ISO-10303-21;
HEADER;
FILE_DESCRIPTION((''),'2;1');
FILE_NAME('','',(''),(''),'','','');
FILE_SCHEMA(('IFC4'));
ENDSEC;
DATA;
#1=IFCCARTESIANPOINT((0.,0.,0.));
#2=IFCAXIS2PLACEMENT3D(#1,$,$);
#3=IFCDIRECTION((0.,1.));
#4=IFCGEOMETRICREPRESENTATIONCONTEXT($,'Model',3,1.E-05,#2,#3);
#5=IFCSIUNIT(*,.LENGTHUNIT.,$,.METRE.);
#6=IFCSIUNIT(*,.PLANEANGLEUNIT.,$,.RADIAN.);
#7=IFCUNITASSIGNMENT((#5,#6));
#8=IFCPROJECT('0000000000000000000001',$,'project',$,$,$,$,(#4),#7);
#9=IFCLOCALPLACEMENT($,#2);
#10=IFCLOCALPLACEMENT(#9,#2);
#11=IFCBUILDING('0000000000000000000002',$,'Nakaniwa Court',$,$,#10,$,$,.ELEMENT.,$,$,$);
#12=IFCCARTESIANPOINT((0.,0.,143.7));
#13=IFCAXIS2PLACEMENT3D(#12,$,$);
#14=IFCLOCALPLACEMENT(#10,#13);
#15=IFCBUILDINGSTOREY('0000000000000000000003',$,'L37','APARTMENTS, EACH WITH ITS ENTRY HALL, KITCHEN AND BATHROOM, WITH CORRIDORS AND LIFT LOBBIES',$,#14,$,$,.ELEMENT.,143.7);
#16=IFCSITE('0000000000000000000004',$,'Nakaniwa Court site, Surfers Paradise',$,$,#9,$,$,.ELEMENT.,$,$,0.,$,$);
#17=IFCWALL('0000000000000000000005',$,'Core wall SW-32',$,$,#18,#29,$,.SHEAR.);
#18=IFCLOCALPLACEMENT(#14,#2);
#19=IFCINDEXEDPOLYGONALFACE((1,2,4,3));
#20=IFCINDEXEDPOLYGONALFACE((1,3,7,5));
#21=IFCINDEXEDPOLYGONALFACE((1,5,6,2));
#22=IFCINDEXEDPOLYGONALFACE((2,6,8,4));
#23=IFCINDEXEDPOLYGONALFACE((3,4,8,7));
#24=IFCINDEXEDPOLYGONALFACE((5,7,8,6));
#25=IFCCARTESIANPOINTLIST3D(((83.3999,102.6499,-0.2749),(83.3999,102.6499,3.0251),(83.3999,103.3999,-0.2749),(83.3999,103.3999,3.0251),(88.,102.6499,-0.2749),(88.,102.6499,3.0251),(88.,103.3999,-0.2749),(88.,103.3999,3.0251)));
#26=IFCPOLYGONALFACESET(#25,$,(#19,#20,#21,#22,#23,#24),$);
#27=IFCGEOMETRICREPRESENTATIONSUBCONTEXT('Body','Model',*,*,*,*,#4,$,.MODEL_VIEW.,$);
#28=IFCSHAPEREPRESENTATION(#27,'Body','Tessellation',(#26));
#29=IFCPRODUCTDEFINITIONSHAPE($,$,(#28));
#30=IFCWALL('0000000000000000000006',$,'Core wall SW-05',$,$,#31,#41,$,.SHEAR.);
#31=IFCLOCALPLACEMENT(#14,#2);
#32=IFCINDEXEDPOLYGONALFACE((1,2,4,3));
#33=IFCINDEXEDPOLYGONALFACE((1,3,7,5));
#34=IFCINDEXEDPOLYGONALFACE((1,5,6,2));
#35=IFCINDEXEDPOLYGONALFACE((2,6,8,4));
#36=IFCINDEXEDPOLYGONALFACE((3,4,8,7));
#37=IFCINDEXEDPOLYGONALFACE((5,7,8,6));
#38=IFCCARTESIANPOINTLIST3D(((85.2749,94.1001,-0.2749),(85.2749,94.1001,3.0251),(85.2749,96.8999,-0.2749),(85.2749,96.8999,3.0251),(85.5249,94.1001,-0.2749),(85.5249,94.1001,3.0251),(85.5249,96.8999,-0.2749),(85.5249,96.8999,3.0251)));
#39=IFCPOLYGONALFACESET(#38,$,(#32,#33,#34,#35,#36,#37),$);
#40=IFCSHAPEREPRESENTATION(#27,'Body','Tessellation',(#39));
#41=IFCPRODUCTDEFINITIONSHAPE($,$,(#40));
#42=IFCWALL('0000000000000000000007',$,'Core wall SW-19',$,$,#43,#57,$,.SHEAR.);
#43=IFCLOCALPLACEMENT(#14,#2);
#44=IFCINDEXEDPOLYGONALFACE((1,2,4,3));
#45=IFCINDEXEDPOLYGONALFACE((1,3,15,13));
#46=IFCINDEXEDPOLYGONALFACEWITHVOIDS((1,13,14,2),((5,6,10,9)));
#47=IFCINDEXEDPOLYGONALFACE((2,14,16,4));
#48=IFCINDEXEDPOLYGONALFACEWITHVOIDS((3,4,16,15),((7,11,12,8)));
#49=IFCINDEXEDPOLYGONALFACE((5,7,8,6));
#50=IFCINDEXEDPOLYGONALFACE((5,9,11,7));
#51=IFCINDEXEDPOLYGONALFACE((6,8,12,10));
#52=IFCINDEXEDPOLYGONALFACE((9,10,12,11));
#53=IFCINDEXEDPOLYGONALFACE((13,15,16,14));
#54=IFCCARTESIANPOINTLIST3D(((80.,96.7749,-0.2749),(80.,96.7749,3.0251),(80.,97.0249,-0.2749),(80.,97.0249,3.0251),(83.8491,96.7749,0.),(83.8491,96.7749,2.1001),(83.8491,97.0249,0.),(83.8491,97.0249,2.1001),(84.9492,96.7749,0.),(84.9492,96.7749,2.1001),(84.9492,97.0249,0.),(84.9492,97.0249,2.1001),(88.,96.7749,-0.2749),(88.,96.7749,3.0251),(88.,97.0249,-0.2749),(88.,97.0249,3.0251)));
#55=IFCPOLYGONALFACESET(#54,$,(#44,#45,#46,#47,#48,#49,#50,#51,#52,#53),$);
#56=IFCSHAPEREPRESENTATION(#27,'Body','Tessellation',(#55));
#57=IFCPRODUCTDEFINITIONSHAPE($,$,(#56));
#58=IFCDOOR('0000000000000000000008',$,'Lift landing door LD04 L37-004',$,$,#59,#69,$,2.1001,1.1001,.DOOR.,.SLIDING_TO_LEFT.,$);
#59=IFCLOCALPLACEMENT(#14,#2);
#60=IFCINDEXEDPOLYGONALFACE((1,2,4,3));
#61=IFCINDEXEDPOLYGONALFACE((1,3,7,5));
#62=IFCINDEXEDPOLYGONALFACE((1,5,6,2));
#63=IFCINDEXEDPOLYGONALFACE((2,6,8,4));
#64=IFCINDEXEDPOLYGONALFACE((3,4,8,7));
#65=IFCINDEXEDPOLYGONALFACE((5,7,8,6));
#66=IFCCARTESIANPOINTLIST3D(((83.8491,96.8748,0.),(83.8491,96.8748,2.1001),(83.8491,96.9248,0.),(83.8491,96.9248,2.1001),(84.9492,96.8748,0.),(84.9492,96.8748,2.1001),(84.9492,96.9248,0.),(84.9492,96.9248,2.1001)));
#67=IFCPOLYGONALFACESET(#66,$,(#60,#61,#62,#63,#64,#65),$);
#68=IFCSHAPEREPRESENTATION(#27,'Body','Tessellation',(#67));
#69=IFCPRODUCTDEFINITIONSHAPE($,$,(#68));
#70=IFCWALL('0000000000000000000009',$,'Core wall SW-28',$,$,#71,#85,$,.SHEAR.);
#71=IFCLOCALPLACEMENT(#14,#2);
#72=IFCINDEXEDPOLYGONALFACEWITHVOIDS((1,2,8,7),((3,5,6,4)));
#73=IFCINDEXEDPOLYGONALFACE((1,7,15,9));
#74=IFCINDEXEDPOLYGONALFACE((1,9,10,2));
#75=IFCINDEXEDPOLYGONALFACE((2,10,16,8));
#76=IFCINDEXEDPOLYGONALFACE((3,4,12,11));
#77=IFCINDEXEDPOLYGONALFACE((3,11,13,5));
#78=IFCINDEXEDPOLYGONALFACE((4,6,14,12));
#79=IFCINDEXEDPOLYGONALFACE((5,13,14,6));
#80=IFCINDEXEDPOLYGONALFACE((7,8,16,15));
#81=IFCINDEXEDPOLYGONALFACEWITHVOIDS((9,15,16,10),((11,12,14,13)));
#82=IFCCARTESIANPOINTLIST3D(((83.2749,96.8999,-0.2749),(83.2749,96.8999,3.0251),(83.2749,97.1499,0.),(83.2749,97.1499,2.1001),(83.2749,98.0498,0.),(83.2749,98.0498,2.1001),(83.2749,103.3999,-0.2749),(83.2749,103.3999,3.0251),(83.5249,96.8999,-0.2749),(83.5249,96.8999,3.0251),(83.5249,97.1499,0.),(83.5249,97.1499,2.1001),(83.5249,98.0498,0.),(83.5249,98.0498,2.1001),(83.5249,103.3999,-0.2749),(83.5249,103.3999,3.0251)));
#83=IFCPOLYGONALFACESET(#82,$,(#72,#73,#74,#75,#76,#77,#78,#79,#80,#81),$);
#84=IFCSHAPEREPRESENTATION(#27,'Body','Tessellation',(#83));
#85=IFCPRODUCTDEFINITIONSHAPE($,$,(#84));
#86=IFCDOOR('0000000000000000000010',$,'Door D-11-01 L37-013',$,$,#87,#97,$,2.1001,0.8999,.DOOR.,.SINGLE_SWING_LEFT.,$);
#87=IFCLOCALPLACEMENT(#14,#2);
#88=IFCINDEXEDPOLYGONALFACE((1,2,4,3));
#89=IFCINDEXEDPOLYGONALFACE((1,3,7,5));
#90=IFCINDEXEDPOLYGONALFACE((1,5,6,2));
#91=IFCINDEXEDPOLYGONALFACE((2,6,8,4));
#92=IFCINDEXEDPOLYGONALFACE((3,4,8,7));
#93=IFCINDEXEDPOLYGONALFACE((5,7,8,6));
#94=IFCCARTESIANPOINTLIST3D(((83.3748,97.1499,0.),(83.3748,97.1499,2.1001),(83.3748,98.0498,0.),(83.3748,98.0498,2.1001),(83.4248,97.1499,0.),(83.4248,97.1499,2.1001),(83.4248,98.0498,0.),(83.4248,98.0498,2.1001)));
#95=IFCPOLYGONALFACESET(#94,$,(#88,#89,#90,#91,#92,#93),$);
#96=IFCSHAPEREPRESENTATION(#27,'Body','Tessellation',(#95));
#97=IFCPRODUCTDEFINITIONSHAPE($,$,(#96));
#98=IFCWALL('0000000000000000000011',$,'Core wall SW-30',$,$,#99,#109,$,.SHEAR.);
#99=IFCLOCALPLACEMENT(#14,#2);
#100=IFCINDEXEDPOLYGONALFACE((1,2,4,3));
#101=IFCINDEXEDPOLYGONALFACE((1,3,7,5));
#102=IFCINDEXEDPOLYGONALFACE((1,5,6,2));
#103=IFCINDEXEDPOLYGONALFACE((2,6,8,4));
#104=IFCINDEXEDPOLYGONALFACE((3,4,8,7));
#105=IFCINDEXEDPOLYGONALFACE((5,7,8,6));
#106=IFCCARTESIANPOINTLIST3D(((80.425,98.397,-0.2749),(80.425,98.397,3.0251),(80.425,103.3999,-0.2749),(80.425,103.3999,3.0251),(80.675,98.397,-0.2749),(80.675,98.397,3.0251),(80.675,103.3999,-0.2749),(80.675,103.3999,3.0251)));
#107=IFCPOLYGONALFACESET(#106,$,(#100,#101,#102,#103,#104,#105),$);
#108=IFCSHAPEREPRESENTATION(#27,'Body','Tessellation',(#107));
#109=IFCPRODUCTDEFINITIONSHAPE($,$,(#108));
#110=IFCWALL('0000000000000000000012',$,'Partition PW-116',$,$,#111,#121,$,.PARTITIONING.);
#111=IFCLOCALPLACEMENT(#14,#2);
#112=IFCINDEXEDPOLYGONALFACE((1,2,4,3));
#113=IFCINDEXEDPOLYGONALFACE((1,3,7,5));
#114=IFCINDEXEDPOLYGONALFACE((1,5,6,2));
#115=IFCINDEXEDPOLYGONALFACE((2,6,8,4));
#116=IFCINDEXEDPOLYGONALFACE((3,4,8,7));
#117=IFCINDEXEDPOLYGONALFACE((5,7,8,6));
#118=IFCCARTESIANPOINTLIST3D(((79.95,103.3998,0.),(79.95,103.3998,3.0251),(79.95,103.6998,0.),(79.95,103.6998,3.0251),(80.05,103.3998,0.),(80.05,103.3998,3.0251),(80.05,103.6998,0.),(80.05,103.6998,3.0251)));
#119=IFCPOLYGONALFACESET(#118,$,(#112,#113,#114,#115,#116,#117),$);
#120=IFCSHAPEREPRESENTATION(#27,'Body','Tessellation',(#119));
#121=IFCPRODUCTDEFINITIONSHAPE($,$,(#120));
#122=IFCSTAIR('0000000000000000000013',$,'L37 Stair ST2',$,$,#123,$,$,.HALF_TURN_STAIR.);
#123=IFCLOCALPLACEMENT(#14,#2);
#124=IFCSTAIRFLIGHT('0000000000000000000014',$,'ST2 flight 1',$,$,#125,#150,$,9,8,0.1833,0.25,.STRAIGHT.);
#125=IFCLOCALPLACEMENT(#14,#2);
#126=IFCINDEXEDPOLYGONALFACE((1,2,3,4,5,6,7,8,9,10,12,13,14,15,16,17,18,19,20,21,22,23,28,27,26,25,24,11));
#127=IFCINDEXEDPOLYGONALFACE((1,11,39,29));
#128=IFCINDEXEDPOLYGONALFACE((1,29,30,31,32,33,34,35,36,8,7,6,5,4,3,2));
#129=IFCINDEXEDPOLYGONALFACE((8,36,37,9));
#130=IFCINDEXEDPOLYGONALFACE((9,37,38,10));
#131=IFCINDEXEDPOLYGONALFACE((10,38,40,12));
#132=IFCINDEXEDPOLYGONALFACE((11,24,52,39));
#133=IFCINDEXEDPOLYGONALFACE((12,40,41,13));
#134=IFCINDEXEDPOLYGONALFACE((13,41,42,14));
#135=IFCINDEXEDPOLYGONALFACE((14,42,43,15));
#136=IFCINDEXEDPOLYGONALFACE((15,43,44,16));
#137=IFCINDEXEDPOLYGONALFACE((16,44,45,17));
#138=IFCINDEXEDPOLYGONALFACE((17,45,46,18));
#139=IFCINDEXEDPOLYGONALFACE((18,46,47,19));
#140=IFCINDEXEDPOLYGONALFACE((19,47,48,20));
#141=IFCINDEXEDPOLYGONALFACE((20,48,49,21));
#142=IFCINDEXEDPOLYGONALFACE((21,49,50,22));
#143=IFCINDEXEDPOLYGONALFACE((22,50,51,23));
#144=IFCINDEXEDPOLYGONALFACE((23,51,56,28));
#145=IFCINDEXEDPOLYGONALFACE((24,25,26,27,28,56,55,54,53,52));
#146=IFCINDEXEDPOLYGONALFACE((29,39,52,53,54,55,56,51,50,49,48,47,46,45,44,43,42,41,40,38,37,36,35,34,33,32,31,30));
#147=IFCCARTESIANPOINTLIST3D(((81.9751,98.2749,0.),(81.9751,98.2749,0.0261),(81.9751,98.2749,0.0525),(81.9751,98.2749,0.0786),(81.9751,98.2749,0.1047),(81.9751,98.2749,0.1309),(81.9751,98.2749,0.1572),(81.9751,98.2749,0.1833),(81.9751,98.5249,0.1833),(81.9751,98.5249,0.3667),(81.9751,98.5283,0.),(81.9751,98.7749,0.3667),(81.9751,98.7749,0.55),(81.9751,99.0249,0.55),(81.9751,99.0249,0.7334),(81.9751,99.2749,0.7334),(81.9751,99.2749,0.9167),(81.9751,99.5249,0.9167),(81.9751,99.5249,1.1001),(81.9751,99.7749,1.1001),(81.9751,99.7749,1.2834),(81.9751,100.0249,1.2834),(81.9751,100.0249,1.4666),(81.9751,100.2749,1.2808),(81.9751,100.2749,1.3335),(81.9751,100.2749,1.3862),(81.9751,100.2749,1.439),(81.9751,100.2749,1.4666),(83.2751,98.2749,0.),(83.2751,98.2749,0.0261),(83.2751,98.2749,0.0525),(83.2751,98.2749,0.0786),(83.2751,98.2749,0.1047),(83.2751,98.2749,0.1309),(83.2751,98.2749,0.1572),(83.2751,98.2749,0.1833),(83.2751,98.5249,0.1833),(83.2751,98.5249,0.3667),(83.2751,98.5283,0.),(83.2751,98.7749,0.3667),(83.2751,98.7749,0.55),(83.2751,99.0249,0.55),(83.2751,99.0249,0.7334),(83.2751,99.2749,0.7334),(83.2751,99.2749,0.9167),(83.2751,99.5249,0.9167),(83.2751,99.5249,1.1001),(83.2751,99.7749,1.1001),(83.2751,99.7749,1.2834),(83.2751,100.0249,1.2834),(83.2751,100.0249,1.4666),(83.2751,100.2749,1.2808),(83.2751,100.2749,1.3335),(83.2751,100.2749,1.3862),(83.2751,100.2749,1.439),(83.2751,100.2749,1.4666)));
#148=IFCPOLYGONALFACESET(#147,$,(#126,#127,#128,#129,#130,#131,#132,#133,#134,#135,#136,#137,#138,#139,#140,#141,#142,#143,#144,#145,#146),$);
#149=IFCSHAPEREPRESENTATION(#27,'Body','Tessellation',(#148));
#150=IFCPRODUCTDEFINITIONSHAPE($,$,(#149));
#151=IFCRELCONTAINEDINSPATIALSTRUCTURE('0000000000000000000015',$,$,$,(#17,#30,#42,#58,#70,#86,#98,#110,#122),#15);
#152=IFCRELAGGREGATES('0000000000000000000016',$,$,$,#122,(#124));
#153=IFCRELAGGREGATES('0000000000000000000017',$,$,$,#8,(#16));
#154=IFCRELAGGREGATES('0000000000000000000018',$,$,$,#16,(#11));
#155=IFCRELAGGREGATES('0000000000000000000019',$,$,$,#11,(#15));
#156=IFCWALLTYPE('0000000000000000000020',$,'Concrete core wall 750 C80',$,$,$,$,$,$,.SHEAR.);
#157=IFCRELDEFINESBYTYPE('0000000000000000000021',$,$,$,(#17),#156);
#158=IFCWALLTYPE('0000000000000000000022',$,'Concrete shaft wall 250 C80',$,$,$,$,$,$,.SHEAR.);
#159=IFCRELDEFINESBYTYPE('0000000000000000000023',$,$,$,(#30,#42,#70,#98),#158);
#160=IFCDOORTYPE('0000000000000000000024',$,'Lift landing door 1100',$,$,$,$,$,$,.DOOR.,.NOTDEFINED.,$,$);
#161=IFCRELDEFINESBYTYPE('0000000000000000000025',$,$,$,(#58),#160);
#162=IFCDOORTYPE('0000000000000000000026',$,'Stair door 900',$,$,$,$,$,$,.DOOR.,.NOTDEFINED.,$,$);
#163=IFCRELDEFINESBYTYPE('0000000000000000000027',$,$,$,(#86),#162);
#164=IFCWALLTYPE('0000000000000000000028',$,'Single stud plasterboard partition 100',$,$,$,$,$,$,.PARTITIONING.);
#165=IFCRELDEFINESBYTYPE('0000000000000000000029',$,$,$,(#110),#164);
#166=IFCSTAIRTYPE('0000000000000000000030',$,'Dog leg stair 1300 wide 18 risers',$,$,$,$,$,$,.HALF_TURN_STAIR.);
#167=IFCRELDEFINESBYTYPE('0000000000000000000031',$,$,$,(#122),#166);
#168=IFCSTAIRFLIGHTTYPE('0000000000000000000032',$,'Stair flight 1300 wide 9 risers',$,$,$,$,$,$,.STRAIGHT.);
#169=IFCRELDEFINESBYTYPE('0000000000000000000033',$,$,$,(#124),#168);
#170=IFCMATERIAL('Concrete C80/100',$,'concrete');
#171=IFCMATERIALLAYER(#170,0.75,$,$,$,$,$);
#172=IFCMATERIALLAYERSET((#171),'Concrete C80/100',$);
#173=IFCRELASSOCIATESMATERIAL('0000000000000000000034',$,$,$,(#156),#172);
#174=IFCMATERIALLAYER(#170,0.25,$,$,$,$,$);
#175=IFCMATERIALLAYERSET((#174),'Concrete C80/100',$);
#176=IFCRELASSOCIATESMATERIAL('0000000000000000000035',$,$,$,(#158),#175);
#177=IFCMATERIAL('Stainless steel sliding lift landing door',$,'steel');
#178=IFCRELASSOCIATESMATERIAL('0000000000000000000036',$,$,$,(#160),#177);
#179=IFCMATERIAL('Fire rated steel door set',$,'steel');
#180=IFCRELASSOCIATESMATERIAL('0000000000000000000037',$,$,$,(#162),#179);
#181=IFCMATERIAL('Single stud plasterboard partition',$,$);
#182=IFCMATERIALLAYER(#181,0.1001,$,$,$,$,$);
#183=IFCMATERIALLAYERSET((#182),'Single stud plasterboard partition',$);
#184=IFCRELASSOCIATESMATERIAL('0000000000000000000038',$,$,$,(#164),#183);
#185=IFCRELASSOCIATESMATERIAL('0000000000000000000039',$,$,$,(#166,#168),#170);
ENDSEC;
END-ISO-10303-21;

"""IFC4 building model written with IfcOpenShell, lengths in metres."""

from ifc_helpers import new_model, si_unit, direction, frame, frame_2d, origin, place, context, subcontext, project, spatial, polyline, rectangle, outline, extrude, material, layer, layer_set, type_object, element, fill, aggregate, save


model = new_model("IFC4")

# Units and contexts
model_context = context("Model", 3, precision=1e-05, world=origin(), true_north=direction((0.0, 1.0)))
body_context = subcontext(model_context, "Body", "Model", "MODEL_VIEW")
ifc_project = project(units=[si_unit("LENGTHUNIT", "METRE"), si_unit("PLANEANGLEUNIT", "RADIAN")], contexts=[model_context])

# Site, building, storey
site_placement = place(None, origin())
site = spatial("IfcSite", under=ifc_project, at=site_placement, Name="Nakaniwa Court site, Surfers Paradise", CompositionType="ELEMENT", RefElevation=0.0)
building_placement = place(site_placement, origin())
building = spatial("IfcBuilding", under=site, at=building_placement, Name="Nakaniwa Court", CompositionType="ELEMENT")
storey_placement = place(building_placement, frame((0.0, 0.0, 143.7)))
storey = spatial("IfcBuildingStorey", under=building, at=storey_placement, Name="L37", Description="APARTMENTS, EACH WITH ITS ENTRY HALL, KITCHEN AND BATHROOM, WITH CORRIDORS AND LIFT LOBBIES", CompositionType="ELEMENT", Elevation=143.7)

# Shared definitions
ifc_material_1 = material(Name="Fire rated steel door set", Category="steel")

# Shared definitions
ifc_material_2 = material(Name="Concrete C80/100", Category="concrete")

# Walls
ifc_layer_1 = layer(ifc_material_2, 0.75)
ifc_layer_set_1 = layer_set([ifc_layer_1], Name="Concrete C80/100")
wall_type_1 = type_object("IfcWallType", Name="Concrete core wall 750 C80", PredefinedType="SHEAR", material=ifc_layer_set_1)
wall_1_placement = place(storey_placement, frame((83.3999, 103.0249, -0.2749), z_axis=(0.0, 0.0, 1.0), x_axis=(1.0, 0.0, 0.0)))
element("IfcWall", 1, at=wall_1_placement, inside=storey, type_object=wall_type_1, Name="Core wall SW-32", PredefinedType="SHEAR", context=body_context, shape_type="SweptSolid", body=[
    extrude(rectangle(XDim=4.6001, YDim=0.75, at=frame_2d((2.3, 0.0))), origin(), (0.0, 0.0, 1.0), 3.3),
])
ifc_layer_2 = layer(ifc_material_2, 0.25)
ifc_layer_set_2 = layer_set([ifc_layer_2], Name="Concrete C80/100")
wall_type_2 = type_object("IfcWallType", Name="Concrete shaft wall 250 C80", PredefinedType="SHEAR", material=ifc_layer_set_2)
wall_2_placement = place(storey_placement, frame((85.3999, 94.1001, -0.2749), z_axis=(0.0, 0.0, 1.0), x_axis=(0.0, 1.0, 0.0)))
element("IfcWall", 2, at=wall_2_placement, inside=storey, type_object=wall_type_2, Name="Core wall SW-05", PredefinedType="SHEAR", context=body_context, shape_type="SweptSolid", body=[
    extrude(rectangle(XDim=2.7998, YDim=0.25, at=frame_2d((1.3999, 0.0))), origin(), (0.0, 0.0, 1.0), 3.3),
])

# Walls, openings, doors
wall_3_placement = place(storey_placement, frame((80.0, 96.8999, -0.2749), z_axis=(0.0, 0.0, 1.0), x_axis=(1.0, 0.0, 0.0)))
wall_3 = element("IfcWall", 3, at=wall_3_placement, inside=storey, type_object=wall_type_2, Name="Core wall SW-19", PredefinedType="SHEAR", context=body_context, shape_type="SweptSolid", body=[
    extrude(rectangle(XDim=8.0, YDim=0.25, at=frame_2d((4.0, 0.0))), origin(), (0.0, 0.0, 1.0), 3.3),
])
opening_1_placement = place(wall_3_placement, frame((3.8491, 0.0, 0.2749)))
opening_1 = element("IfcOpeningElement", 4, at=opening_1_placement, cuts=wall_3, PredefinedType="OPENING", context=body_context, shape_type="SweptSolid", body=[
    extrude(rectangle(XDim=1.1001, YDim=2.1001, at=frame_2d((0.55, 1.05))), frame((0.0, 0.135, 0.0), z_axis=(0.0, -1.0, 0.0), x_axis=(1.0, 0.0, 0.0)), (0.0, 0.0, 1.0), 0.27),
])
ifc_material_3 = material(Name="Stainless steel sliding lift landing door", Category="steel")
door_type_1 = type_object("IfcDoorType", Name="Lift landing door 1100", OperationType="NOTDEFINED", PredefinedType="DOOR", material=ifc_material_3)
door_1_placement = place(opening_1_placement, origin())
door_1 = element("IfcDoor", 5, at=door_1_placement, inside=storey, type_object=door_type_1, Name="Lift landing door LD04 L37-004", OperationType="SLIDING_TO_LEFT", OverallHeight=2.1001, OverallWidth=1.1001, PredefinedType="DOOR", context=body_context, shape_type="SweptSolid", body=[
    extrude(rectangle(XDim=1.1001, YDim=2.1001, at=frame_2d((0.55, 1.05))), frame((0.0, 0.0249, 0.0), z_axis=(0.0, -1.0, 0.0), x_axis=(1.0, 0.0, 0.0)), (0.0, 0.0, 1.0), 0.05),
])
fill(opening_1, door_1)
wall_4_placement = place(storey_placement, frame((83.3999, 103.3999, -0.2749), z_axis=(0.0, 0.0, 1.0), x_axis=(0.0, -1.0, 0.0)))
wall_4 = element("IfcWall", 6, at=wall_4_placement, inside=storey, type_object=wall_type_2, Name="Core wall SW-28", PredefinedType="SHEAR", context=body_context, shape_type="SweptSolid", body=[
    extrude(rectangle(XDim=6.5, YDim=0.25, at=frame_2d((3.25, 0.0))), origin(), (0.0, 0.0, 1.0), 3.3),
])
opening_2_placement = place(wall_4_placement, frame((5.3501, 0.0, 0.2749)))
opening_2 = element("IfcOpeningElement", 7, at=opening_2_placement, cuts=wall_4, PredefinedType="OPENING", context=body_context, shape_type="SweptSolid", body=[
    extrude(rectangle(XDim=0.8999, YDim=2.1001, at=frame_2d((0.45, 1.05))), frame((0.0, 0.135, 0.0), z_axis=(0.0, -1.0, 0.0), x_axis=(1.0, 0.0, 0.0)), (0.0, 0.0, 1.0), 0.27),
])
door_type_2 = type_object("IfcDoorType", Name="Stair door 900", OperationType="NOTDEFINED", PredefinedType="DOOR", material=ifc_material_1)
door_2_placement = place(opening_2_placement, origin())
door_2 = element("IfcDoor", 8, at=door_2_placement, inside=storey, type_object=door_type_2, Name="Door D-11-01 L37-013", OperationType="SINGLE_SWING_LEFT", OverallHeight=2.1001, OverallWidth=0.8999, PredefinedType="DOOR", context=body_context, shape_type="SweptSolid", body=[
    extrude(rectangle(XDim=0.8999, YDim=2.1001, at=frame_2d((0.45, 1.05))), frame((0.0, 0.0249, 0.0), z_axis=(0.0, -1.0, 0.0), x_axis=(1.0, 0.0, 0.0)), (0.0, 0.0, 1.0), 0.05),
])
fill(opening_2, door_2)

# Walls
wall_5_placement = place(storey_placement, frame((80.55, 98.397, -0.2749), z_axis=(0.0, 0.0, 1.0), x_axis=(0.0, 1.0, 0.0)))
element("IfcWall", 9, at=wall_5_placement, inside=storey, type_object=wall_type_2, Name="Core wall SW-30", PredefinedType="SHEAR", context=body_context, shape_type="SweptSolid", body=[
    extrude(rectangle(XDim=5.0029, YDim=0.25, at=frame_2d((2.5015, 0.0))), origin(), (0.0, 0.0, 1.0), 3.3),
])
ifc_material_4 = material(Name="Single stud plasterboard partition")
ifc_layer_3 = layer(ifc_material_4, 0.1001)
ifc_layer_set_3 = layer_set([ifc_layer_3], Name="Single stud plasterboard partition")
wall_type_3 = type_object("IfcWallType", Name="Single stud plasterboard partition 100", PredefinedType="PARTITIONING", material=ifc_layer_set_3)
wall_6_placement = place(storey_placement, frame((80.0, 103.3999, 0.0), z_axis=(0.0, 0.0, 1.0), x_axis=(0.0, 1.0, 0.0)))
element("IfcWall", 10, at=wall_6_placement, inside=storey, type_object=wall_type_3, Name="Partition PW-116", PredefinedType="PARTITIONING", context=body_context, shape_type="SweptSolid", body=[
    extrude(rectangle(XDim=0.3, YDim=0.1001, at=frame_2d((0.1499, 0.0))), origin(), (0.0, 0.0, 1.0), 3.0251),
])

# Stair, stair flight
stair_type = type_object("IfcStairType", Name="Dog leg stair 1300 wide 18 risers", PredefinedType="HALF_TURN_STAIR", material=ifc_material_2)
stair_placement = place(storey_placement, origin())
stair = element("IfcStair", 11, at=stair_placement, inside=storey, type_object=stair_type, Name="L37 Stair ST2", PredefinedType="HALF_TURN_STAIR")
stair_flight_type = type_object("IfcStairFlightType", Name="Stair flight 1300 wide 9 risers", PredefinedType="STRAIGHT", material=ifc_material_2)
stair_flight_1_placement = place(storey_placement, frame((82.625, 98.2749, 0.0), z_axis=(0.0, 0.0, 1.0), x_axis=(0.0, 1.0, 0.0)))
stair_flight_1 = element("IfcStairFlight", 12, at=stair_flight_1_placement, type_object=stair_flight_type, Name="ST2 flight 1", NumberOfRisers=9, NumberOfTreads=8, PredefinedType="STRAIGHT", RiserHeight=0.1833, TreadLength=0.25, context=body_context, shape_type="SweptSolid", body=[
    extrude(outline(polyline([(0.0, 0.0), (0.0, 0.0261), (0.0, 0.0525), (0.0, 0.0786), (0.0, 0.1047), (0.0, 0.1309), (0.0, 0.1572), (0.0, 0.1833), (0.25, 0.1833), (0.25, 0.3667), (0.5, 0.3667), (0.5, 0.55), (0.75, 0.55), (0.75, 0.7334), (1.0, 0.7334), (1.0, 0.9167), (1.25, 0.9167), (1.25, 1.1001), (1.5, 1.1001), (1.5, 1.2834), (1.75, 1.2834), (1.75, 1.4666), (2.0, 1.4666), (2.0, 1.6499), (2.0, 1.5972), (2.0, 1.5444), (2.0, 1.4917), (2.0, 1.439), (2.0, 1.3862), (2.0, 1.3335), (2.0, 1.2808), (0.2534, 0.0), (0.0, 0.0)])), frame((0.0, 0.6499, 0.0), z_axis=(0.0, -1.0, 0.0), x_axis=(1.0, 0.0, 0.0)), (0.0, 0.0, 1.0), 1.3),
])
aggregate(stair, [stair_flight_1])

save(model, "model.ifc")
